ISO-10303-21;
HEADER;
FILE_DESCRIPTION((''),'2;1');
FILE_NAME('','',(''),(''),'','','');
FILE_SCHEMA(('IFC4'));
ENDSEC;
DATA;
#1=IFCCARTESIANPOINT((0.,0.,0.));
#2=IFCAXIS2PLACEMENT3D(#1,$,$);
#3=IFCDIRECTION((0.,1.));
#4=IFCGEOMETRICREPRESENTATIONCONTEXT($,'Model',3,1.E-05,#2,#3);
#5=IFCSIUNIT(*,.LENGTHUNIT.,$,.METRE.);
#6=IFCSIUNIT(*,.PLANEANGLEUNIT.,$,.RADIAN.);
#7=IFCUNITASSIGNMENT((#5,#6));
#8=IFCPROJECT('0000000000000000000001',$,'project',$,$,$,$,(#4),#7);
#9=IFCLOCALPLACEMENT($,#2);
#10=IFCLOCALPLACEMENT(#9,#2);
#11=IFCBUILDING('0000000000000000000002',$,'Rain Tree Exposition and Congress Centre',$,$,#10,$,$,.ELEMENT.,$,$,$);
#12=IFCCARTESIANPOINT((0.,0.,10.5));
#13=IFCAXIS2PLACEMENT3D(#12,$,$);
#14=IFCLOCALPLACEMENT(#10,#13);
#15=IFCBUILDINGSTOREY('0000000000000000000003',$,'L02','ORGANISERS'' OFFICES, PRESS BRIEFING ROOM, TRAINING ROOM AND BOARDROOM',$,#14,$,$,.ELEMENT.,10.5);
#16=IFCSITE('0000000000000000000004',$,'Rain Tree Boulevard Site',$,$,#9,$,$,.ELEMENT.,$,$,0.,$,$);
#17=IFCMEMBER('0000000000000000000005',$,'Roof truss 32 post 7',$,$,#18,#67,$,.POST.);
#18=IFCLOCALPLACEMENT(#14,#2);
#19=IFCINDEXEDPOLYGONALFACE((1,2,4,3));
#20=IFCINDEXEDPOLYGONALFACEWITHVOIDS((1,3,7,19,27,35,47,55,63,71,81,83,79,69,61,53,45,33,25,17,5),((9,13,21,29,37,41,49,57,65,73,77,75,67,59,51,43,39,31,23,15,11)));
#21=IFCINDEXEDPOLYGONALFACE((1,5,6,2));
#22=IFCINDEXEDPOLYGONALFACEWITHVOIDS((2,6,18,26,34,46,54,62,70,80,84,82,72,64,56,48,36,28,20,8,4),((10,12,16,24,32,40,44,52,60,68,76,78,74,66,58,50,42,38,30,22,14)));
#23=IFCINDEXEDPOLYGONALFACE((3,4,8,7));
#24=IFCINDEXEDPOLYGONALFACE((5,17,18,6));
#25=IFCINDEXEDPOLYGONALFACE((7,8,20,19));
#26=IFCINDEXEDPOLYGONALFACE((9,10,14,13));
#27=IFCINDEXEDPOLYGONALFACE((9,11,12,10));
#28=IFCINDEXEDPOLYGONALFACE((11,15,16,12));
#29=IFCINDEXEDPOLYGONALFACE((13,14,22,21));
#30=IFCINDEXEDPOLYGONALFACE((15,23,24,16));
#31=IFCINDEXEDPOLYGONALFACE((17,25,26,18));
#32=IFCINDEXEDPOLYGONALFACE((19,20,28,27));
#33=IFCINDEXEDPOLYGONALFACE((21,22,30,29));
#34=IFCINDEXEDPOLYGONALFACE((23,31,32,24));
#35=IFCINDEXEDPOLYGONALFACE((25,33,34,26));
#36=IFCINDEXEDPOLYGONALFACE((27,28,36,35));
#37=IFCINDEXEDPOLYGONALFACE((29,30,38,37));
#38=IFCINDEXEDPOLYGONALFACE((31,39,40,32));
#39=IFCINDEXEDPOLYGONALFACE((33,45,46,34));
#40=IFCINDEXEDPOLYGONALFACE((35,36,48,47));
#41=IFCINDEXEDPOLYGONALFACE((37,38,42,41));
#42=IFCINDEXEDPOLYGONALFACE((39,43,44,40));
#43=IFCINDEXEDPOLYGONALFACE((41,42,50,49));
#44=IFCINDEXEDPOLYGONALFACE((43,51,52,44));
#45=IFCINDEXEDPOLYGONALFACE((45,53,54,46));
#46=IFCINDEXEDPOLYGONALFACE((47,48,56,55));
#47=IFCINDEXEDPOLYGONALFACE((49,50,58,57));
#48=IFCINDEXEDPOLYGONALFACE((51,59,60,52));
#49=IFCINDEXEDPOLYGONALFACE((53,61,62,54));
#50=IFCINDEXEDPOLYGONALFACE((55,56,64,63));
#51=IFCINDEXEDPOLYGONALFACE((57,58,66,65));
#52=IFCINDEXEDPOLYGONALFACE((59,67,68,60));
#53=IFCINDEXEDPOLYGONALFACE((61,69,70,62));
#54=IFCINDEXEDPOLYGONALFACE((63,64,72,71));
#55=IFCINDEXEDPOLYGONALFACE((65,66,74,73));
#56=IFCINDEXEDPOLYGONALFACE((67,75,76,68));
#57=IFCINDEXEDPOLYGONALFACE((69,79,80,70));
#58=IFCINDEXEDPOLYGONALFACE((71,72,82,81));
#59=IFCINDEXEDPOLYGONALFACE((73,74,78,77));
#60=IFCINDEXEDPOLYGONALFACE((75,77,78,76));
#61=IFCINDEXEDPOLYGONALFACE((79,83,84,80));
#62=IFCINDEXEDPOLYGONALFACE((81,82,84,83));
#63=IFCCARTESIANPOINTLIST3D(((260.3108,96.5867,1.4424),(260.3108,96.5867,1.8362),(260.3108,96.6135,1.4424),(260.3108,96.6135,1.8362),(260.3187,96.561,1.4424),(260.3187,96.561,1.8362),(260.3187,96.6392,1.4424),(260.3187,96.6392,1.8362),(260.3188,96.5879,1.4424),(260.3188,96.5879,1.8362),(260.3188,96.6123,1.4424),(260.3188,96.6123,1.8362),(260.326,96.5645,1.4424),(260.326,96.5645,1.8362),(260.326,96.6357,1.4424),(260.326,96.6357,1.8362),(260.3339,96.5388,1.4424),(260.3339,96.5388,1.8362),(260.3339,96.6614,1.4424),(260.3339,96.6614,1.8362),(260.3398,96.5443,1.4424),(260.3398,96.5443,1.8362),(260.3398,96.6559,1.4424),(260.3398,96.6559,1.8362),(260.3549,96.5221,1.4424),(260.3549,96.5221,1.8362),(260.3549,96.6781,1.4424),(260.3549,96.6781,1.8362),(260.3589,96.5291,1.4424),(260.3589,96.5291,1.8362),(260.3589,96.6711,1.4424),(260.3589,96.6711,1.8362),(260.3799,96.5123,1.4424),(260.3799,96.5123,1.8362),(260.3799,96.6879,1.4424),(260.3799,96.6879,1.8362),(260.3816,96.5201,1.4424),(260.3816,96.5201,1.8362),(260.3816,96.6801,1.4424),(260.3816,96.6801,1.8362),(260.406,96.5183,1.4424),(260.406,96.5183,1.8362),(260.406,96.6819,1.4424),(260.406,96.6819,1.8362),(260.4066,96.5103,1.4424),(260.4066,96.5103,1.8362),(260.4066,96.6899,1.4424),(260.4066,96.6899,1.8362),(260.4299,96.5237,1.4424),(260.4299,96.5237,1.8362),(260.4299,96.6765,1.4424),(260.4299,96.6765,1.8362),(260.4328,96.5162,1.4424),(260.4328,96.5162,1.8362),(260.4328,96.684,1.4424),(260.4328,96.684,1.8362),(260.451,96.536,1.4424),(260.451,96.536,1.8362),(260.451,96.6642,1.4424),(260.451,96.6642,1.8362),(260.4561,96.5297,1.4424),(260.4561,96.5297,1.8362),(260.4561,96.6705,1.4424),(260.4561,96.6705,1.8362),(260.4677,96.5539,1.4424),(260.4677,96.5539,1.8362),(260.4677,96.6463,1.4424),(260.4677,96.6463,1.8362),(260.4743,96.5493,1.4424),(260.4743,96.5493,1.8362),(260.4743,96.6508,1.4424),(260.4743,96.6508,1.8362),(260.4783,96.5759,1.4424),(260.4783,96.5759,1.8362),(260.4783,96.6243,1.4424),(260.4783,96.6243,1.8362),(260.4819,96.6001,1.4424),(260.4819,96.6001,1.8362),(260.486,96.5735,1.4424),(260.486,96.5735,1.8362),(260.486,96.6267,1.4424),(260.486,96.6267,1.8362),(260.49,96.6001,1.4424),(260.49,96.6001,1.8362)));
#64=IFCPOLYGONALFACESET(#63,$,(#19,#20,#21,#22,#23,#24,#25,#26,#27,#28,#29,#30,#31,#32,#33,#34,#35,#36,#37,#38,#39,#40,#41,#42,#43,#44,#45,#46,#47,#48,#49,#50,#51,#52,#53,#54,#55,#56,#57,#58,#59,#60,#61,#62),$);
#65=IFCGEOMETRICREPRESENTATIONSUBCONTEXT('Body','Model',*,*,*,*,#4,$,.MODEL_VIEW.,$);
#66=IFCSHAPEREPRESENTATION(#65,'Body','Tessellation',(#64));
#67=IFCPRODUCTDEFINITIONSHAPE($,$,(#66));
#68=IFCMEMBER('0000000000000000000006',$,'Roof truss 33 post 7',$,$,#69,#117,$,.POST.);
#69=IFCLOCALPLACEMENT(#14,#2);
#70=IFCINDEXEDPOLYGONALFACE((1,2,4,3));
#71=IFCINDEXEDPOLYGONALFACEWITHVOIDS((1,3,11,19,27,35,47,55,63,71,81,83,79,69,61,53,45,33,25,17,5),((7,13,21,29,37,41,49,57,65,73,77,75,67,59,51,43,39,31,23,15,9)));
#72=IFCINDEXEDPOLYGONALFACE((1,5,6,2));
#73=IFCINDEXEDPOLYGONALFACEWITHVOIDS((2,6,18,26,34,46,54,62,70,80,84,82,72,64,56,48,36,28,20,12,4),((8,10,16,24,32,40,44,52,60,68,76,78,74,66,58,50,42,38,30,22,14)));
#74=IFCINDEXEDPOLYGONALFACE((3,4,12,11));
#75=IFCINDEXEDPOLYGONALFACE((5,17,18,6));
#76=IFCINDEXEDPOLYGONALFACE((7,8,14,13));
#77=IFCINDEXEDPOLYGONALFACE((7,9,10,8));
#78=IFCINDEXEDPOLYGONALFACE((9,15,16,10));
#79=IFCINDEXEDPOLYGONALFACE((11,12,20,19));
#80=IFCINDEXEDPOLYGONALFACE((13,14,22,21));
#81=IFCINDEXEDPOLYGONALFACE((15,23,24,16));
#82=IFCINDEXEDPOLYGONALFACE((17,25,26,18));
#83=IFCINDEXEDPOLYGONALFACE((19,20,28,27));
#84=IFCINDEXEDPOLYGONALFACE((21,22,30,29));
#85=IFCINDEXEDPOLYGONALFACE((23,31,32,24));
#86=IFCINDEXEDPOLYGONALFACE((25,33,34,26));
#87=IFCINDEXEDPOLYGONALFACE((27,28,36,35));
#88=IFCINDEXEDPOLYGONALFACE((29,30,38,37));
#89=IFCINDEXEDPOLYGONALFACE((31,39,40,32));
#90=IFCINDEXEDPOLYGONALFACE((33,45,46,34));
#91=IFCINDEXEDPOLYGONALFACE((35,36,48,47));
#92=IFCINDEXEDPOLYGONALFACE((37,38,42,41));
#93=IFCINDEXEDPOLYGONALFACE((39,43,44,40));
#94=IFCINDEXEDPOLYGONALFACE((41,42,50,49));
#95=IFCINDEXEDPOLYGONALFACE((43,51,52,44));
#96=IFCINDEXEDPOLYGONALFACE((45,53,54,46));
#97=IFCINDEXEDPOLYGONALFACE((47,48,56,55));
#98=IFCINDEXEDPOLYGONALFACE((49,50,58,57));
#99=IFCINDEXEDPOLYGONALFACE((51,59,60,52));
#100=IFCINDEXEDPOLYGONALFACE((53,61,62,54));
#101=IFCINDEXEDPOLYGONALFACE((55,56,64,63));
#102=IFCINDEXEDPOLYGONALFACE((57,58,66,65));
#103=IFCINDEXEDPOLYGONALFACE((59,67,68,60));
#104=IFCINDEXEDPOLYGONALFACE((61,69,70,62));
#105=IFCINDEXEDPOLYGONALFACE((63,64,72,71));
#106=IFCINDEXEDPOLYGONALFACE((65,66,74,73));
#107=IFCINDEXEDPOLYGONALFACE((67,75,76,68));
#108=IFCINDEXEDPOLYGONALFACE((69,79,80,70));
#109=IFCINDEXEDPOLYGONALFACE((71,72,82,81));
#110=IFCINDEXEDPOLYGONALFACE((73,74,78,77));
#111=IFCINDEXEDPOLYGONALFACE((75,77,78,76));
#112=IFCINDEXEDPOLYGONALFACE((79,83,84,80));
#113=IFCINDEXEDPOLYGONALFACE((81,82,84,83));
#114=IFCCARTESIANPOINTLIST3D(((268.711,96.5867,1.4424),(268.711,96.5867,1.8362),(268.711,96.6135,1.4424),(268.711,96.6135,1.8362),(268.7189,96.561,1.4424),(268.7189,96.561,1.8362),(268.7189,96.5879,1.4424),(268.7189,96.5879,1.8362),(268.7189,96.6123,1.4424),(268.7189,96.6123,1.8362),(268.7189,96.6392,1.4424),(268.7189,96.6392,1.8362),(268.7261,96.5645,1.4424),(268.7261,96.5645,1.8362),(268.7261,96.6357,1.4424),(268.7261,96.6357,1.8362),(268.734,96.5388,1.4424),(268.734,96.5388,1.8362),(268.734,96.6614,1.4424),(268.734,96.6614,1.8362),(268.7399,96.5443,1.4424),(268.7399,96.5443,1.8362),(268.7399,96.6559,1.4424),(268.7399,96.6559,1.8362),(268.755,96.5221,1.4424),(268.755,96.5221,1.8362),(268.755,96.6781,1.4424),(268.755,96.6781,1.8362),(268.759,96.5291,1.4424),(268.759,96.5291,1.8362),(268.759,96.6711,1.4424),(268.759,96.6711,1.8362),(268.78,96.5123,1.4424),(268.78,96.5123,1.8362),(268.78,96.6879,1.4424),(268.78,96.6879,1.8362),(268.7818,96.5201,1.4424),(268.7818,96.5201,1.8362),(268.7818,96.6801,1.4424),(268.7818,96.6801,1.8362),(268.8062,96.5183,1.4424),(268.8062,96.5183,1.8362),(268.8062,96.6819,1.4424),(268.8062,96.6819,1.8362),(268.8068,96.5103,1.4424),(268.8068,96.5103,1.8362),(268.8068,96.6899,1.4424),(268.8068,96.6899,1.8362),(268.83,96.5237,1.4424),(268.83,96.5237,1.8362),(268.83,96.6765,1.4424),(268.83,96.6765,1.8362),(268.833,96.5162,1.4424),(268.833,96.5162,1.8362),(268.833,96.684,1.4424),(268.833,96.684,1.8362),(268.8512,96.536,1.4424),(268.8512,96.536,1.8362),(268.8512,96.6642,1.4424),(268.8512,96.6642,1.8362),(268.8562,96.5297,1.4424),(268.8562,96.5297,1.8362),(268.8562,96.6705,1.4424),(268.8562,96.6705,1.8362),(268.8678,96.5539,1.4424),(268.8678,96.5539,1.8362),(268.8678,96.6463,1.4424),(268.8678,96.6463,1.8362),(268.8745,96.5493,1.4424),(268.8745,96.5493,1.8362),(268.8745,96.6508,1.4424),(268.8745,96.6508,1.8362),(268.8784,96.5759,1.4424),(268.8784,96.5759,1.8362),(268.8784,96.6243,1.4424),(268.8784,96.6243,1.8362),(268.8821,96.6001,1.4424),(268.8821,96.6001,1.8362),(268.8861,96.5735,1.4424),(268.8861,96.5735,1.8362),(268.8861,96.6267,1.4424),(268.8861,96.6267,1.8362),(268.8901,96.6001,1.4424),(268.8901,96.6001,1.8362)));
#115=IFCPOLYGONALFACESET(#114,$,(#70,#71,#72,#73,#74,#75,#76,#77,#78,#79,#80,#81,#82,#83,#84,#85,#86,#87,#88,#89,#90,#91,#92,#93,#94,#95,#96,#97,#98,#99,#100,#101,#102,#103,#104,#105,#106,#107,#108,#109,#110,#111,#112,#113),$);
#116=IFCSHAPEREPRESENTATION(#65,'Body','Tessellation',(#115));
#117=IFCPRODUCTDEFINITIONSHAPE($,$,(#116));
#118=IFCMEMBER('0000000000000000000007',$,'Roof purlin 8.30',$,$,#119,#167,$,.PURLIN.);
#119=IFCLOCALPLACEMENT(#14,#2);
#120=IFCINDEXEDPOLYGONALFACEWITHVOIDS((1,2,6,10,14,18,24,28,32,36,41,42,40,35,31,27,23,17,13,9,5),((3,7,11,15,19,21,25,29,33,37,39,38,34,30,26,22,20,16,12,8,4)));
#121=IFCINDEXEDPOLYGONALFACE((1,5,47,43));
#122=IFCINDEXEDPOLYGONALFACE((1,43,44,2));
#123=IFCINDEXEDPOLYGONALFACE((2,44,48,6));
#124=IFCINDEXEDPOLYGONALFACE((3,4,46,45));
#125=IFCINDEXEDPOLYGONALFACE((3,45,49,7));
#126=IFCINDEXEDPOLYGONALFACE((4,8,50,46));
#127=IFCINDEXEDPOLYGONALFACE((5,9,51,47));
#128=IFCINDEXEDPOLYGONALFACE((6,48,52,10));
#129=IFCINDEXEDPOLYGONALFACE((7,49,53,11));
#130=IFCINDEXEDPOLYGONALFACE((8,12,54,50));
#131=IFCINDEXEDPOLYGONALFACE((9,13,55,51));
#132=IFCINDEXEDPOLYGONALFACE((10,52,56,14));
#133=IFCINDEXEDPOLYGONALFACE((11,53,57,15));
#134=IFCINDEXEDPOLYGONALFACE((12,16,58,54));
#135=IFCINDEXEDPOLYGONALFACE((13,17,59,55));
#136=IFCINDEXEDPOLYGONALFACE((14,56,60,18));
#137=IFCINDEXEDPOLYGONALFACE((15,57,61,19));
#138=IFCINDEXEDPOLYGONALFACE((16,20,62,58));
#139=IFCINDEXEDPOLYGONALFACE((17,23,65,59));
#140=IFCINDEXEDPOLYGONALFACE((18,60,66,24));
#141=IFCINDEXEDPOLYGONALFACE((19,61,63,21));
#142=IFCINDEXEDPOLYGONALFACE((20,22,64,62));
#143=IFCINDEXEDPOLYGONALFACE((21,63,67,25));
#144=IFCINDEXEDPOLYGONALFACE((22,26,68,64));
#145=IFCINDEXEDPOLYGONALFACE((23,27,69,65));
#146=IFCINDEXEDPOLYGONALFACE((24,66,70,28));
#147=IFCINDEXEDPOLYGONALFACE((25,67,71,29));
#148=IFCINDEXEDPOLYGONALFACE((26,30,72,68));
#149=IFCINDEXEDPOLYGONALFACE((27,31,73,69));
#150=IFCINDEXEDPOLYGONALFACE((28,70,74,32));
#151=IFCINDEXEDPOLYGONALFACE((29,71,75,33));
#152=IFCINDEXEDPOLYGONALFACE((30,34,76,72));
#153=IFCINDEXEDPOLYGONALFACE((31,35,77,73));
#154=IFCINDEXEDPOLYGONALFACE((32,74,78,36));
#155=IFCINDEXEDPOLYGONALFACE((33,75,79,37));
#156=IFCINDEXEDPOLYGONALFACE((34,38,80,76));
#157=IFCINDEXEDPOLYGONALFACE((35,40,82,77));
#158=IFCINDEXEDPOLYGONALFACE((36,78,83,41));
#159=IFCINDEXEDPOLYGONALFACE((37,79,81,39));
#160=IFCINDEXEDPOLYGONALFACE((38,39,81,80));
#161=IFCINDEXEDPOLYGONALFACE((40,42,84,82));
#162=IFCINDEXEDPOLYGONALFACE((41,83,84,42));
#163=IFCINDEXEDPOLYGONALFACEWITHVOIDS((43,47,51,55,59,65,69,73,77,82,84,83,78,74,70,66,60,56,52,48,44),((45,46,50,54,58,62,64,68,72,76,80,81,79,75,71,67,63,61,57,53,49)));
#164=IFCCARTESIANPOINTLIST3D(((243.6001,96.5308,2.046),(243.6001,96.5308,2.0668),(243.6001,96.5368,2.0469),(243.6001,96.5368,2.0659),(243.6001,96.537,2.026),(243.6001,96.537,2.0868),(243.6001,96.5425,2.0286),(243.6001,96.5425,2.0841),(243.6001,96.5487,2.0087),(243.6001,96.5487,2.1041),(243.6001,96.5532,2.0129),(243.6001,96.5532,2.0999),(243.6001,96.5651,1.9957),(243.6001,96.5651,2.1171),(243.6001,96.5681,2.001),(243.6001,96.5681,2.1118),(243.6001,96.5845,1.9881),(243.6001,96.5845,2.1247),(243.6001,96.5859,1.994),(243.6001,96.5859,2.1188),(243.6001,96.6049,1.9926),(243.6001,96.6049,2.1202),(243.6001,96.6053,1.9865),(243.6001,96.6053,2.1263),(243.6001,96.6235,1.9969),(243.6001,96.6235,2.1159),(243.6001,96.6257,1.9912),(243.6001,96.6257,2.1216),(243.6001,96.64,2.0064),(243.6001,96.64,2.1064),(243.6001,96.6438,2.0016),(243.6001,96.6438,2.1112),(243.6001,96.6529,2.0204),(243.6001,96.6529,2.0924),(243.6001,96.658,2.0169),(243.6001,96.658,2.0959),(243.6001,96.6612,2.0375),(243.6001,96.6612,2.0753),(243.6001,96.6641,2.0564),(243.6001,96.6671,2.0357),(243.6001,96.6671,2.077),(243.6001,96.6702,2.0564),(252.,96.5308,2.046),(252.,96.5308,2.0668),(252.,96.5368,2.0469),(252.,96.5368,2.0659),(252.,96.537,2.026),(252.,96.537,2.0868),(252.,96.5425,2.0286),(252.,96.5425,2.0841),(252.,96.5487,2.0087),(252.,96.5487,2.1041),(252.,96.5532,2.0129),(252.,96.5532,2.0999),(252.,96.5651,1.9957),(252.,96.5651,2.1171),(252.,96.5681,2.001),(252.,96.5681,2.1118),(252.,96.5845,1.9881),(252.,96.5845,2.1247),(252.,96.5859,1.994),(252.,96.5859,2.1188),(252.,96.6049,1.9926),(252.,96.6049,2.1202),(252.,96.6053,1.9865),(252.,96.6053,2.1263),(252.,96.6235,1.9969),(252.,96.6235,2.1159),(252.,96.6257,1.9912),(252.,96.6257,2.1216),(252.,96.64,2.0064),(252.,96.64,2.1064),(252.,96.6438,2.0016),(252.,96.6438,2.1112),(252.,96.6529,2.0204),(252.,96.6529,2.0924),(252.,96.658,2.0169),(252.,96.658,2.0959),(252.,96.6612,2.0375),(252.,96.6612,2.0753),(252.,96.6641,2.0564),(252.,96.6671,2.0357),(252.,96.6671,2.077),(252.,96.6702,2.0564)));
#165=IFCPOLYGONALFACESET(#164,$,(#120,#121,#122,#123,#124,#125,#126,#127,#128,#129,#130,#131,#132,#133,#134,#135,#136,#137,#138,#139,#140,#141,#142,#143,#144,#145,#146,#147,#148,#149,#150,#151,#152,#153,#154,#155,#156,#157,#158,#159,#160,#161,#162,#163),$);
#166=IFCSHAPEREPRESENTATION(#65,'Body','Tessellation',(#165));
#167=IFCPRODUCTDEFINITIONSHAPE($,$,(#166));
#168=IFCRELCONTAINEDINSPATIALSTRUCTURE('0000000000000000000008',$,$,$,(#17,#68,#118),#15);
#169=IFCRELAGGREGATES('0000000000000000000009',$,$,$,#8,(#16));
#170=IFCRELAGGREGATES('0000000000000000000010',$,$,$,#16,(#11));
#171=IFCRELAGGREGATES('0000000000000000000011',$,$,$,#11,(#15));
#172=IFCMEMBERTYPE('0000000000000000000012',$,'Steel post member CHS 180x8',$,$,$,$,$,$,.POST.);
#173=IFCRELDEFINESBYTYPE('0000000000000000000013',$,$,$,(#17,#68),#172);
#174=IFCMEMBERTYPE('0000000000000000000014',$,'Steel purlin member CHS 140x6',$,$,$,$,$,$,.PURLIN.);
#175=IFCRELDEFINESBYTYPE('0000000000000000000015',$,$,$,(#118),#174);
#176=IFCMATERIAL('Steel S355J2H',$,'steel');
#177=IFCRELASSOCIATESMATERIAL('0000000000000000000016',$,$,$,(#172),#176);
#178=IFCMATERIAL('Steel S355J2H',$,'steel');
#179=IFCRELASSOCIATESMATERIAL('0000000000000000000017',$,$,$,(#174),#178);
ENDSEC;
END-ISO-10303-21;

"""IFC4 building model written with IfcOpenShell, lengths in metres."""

from ifc_helpers import new_model, si_unit, direction, frame, origin, origin_2d, place, context, subcontext, project, spatial, hollow_circle, extrude, material, material_profile, profile_set, type_object, element, save


model = new_model("IFC4")

# Units and contexts
model_context = context("Model", 3, precision=1e-05, world=origin(), true_north=direction((0.0, 1.0)))
body_context = subcontext(model_context, "Body", "Model", "MODEL_VIEW")
ifc_project = project(units=[si_unit("LENGTHUNIT", "METRE"), si_unit("PLANEANGLEUNIT", "RADIAN")], contexts=[model_context])

# Site, building, storey
site_placement = place(None, origin())
site = spatial("IfcSite", under=ifc_project, at=site_placement, Name="Rain Tree Boulevard Site", CompositionType="ELEMENT", RefElevation=0.0)
building_placement = place(site_placement, origin())
building = spatial("IfcBuilding", under=site, at=building_placement, Name="Rain Tree Exposition and Congress Centre", CompositionType="ELEMENT")
storey_placement = place(building_placement, frame((0.0, 0.0, 10.5)))
storey = spatial("IfcBuildingStorey", under=building, at=storey_placement, Name="L02", Description="ORGANISERS' OFFICES, PRESS BRIEFING ROOM, TRAINING ROOM AND BOARDROOM", CompositionType="ELEMENT", Elevation=10.5)

# Members
ifc_material_1 = material(Name="Steel S355J2H", Category="steel")
ifc_material_profile_1 = material_profile(ifc_material_1, hollow_circle(Radius=0.0901, WallThickness=0.0081, at=origin_2d()), Name="CHS 180x8")
ifc_profile_set_1 = profile_set([ifc_material_profile_1], Name="Steel S355J2H")
member_type_1 = type_object("IfcMemberType", Name="Steel post member CHS 180x8", PredefinedType="POST", material=ifc_profile_set_1)
for number, where, z_axis, x_axis, name in (
    (1, (260.3999, 96.6001, 1.4424), (0.0, 0.0, 1.0), (1.0, 0.0, 0.0), "Roof truss 32 post 7"),
    (2, (268.8, 96.6001, 1.4424), (0.0, 0.0, 1.0), (1.0, 0.0, 0.0), "Roof truss 33 post 7"),
):
    element("IfcMember", number, at=place(storey_placement, frame(where, z_axis=z_axis, x_axis=x_axis)), inside=storey, type_object=member_type_1, Name=name, PredefinedType="POST", context=body_context, shape_type="SweptSolid", body=[
        extrude(hollow_circle(Radius=0.0901, WallThickness=0.0081, at=origin_2d()), origin(), (0.0, 0.0, 1.0), 0.3938),
    ])
ifc_material_2 = material(Name="Steel S355J2H", Category="steel")
ifc_material_profile_2 = material_profile(ifc_material_2, hollow_circle(Radius=0.0701, WallThickness=0.0061, at=origin_2d()), Name="CHS 140x6")
ifc_profile_set_2 = profile_set([ifc_material_profile_2], Name="Steel S355J2H")
member_type_2 = type_object("IfcMemberType", Name="Steel purlin member CHS 140x6", PredefinedType="PURLIN", material=ifc_profile_set_2)
for number, where, z_axis, x_axis, name in (
    (3, (243.6001, 96.6001, 2.0564), (1.0, 0.0, 0.0), (0.0, 1.0, 0.0), "Roof purlin 8.30"),
):
    element("IfcMember", number, at=place(storey_placement, frame(where, z_axis=z_axis, x_axis=x_axis)), inside=storey, type_object=member_type_2, Name=name, PredefinedType="PURLIN", context=body_context, shape_type="SweptSolid", body=[
        extrude(hollow_circle(Radius=0.0701, WallThickness=0.0061, at=origin_2d()), origin(), (0.0, 0.0, 1.0), 8.3999),
    ])

save(model, "model.ifc")
